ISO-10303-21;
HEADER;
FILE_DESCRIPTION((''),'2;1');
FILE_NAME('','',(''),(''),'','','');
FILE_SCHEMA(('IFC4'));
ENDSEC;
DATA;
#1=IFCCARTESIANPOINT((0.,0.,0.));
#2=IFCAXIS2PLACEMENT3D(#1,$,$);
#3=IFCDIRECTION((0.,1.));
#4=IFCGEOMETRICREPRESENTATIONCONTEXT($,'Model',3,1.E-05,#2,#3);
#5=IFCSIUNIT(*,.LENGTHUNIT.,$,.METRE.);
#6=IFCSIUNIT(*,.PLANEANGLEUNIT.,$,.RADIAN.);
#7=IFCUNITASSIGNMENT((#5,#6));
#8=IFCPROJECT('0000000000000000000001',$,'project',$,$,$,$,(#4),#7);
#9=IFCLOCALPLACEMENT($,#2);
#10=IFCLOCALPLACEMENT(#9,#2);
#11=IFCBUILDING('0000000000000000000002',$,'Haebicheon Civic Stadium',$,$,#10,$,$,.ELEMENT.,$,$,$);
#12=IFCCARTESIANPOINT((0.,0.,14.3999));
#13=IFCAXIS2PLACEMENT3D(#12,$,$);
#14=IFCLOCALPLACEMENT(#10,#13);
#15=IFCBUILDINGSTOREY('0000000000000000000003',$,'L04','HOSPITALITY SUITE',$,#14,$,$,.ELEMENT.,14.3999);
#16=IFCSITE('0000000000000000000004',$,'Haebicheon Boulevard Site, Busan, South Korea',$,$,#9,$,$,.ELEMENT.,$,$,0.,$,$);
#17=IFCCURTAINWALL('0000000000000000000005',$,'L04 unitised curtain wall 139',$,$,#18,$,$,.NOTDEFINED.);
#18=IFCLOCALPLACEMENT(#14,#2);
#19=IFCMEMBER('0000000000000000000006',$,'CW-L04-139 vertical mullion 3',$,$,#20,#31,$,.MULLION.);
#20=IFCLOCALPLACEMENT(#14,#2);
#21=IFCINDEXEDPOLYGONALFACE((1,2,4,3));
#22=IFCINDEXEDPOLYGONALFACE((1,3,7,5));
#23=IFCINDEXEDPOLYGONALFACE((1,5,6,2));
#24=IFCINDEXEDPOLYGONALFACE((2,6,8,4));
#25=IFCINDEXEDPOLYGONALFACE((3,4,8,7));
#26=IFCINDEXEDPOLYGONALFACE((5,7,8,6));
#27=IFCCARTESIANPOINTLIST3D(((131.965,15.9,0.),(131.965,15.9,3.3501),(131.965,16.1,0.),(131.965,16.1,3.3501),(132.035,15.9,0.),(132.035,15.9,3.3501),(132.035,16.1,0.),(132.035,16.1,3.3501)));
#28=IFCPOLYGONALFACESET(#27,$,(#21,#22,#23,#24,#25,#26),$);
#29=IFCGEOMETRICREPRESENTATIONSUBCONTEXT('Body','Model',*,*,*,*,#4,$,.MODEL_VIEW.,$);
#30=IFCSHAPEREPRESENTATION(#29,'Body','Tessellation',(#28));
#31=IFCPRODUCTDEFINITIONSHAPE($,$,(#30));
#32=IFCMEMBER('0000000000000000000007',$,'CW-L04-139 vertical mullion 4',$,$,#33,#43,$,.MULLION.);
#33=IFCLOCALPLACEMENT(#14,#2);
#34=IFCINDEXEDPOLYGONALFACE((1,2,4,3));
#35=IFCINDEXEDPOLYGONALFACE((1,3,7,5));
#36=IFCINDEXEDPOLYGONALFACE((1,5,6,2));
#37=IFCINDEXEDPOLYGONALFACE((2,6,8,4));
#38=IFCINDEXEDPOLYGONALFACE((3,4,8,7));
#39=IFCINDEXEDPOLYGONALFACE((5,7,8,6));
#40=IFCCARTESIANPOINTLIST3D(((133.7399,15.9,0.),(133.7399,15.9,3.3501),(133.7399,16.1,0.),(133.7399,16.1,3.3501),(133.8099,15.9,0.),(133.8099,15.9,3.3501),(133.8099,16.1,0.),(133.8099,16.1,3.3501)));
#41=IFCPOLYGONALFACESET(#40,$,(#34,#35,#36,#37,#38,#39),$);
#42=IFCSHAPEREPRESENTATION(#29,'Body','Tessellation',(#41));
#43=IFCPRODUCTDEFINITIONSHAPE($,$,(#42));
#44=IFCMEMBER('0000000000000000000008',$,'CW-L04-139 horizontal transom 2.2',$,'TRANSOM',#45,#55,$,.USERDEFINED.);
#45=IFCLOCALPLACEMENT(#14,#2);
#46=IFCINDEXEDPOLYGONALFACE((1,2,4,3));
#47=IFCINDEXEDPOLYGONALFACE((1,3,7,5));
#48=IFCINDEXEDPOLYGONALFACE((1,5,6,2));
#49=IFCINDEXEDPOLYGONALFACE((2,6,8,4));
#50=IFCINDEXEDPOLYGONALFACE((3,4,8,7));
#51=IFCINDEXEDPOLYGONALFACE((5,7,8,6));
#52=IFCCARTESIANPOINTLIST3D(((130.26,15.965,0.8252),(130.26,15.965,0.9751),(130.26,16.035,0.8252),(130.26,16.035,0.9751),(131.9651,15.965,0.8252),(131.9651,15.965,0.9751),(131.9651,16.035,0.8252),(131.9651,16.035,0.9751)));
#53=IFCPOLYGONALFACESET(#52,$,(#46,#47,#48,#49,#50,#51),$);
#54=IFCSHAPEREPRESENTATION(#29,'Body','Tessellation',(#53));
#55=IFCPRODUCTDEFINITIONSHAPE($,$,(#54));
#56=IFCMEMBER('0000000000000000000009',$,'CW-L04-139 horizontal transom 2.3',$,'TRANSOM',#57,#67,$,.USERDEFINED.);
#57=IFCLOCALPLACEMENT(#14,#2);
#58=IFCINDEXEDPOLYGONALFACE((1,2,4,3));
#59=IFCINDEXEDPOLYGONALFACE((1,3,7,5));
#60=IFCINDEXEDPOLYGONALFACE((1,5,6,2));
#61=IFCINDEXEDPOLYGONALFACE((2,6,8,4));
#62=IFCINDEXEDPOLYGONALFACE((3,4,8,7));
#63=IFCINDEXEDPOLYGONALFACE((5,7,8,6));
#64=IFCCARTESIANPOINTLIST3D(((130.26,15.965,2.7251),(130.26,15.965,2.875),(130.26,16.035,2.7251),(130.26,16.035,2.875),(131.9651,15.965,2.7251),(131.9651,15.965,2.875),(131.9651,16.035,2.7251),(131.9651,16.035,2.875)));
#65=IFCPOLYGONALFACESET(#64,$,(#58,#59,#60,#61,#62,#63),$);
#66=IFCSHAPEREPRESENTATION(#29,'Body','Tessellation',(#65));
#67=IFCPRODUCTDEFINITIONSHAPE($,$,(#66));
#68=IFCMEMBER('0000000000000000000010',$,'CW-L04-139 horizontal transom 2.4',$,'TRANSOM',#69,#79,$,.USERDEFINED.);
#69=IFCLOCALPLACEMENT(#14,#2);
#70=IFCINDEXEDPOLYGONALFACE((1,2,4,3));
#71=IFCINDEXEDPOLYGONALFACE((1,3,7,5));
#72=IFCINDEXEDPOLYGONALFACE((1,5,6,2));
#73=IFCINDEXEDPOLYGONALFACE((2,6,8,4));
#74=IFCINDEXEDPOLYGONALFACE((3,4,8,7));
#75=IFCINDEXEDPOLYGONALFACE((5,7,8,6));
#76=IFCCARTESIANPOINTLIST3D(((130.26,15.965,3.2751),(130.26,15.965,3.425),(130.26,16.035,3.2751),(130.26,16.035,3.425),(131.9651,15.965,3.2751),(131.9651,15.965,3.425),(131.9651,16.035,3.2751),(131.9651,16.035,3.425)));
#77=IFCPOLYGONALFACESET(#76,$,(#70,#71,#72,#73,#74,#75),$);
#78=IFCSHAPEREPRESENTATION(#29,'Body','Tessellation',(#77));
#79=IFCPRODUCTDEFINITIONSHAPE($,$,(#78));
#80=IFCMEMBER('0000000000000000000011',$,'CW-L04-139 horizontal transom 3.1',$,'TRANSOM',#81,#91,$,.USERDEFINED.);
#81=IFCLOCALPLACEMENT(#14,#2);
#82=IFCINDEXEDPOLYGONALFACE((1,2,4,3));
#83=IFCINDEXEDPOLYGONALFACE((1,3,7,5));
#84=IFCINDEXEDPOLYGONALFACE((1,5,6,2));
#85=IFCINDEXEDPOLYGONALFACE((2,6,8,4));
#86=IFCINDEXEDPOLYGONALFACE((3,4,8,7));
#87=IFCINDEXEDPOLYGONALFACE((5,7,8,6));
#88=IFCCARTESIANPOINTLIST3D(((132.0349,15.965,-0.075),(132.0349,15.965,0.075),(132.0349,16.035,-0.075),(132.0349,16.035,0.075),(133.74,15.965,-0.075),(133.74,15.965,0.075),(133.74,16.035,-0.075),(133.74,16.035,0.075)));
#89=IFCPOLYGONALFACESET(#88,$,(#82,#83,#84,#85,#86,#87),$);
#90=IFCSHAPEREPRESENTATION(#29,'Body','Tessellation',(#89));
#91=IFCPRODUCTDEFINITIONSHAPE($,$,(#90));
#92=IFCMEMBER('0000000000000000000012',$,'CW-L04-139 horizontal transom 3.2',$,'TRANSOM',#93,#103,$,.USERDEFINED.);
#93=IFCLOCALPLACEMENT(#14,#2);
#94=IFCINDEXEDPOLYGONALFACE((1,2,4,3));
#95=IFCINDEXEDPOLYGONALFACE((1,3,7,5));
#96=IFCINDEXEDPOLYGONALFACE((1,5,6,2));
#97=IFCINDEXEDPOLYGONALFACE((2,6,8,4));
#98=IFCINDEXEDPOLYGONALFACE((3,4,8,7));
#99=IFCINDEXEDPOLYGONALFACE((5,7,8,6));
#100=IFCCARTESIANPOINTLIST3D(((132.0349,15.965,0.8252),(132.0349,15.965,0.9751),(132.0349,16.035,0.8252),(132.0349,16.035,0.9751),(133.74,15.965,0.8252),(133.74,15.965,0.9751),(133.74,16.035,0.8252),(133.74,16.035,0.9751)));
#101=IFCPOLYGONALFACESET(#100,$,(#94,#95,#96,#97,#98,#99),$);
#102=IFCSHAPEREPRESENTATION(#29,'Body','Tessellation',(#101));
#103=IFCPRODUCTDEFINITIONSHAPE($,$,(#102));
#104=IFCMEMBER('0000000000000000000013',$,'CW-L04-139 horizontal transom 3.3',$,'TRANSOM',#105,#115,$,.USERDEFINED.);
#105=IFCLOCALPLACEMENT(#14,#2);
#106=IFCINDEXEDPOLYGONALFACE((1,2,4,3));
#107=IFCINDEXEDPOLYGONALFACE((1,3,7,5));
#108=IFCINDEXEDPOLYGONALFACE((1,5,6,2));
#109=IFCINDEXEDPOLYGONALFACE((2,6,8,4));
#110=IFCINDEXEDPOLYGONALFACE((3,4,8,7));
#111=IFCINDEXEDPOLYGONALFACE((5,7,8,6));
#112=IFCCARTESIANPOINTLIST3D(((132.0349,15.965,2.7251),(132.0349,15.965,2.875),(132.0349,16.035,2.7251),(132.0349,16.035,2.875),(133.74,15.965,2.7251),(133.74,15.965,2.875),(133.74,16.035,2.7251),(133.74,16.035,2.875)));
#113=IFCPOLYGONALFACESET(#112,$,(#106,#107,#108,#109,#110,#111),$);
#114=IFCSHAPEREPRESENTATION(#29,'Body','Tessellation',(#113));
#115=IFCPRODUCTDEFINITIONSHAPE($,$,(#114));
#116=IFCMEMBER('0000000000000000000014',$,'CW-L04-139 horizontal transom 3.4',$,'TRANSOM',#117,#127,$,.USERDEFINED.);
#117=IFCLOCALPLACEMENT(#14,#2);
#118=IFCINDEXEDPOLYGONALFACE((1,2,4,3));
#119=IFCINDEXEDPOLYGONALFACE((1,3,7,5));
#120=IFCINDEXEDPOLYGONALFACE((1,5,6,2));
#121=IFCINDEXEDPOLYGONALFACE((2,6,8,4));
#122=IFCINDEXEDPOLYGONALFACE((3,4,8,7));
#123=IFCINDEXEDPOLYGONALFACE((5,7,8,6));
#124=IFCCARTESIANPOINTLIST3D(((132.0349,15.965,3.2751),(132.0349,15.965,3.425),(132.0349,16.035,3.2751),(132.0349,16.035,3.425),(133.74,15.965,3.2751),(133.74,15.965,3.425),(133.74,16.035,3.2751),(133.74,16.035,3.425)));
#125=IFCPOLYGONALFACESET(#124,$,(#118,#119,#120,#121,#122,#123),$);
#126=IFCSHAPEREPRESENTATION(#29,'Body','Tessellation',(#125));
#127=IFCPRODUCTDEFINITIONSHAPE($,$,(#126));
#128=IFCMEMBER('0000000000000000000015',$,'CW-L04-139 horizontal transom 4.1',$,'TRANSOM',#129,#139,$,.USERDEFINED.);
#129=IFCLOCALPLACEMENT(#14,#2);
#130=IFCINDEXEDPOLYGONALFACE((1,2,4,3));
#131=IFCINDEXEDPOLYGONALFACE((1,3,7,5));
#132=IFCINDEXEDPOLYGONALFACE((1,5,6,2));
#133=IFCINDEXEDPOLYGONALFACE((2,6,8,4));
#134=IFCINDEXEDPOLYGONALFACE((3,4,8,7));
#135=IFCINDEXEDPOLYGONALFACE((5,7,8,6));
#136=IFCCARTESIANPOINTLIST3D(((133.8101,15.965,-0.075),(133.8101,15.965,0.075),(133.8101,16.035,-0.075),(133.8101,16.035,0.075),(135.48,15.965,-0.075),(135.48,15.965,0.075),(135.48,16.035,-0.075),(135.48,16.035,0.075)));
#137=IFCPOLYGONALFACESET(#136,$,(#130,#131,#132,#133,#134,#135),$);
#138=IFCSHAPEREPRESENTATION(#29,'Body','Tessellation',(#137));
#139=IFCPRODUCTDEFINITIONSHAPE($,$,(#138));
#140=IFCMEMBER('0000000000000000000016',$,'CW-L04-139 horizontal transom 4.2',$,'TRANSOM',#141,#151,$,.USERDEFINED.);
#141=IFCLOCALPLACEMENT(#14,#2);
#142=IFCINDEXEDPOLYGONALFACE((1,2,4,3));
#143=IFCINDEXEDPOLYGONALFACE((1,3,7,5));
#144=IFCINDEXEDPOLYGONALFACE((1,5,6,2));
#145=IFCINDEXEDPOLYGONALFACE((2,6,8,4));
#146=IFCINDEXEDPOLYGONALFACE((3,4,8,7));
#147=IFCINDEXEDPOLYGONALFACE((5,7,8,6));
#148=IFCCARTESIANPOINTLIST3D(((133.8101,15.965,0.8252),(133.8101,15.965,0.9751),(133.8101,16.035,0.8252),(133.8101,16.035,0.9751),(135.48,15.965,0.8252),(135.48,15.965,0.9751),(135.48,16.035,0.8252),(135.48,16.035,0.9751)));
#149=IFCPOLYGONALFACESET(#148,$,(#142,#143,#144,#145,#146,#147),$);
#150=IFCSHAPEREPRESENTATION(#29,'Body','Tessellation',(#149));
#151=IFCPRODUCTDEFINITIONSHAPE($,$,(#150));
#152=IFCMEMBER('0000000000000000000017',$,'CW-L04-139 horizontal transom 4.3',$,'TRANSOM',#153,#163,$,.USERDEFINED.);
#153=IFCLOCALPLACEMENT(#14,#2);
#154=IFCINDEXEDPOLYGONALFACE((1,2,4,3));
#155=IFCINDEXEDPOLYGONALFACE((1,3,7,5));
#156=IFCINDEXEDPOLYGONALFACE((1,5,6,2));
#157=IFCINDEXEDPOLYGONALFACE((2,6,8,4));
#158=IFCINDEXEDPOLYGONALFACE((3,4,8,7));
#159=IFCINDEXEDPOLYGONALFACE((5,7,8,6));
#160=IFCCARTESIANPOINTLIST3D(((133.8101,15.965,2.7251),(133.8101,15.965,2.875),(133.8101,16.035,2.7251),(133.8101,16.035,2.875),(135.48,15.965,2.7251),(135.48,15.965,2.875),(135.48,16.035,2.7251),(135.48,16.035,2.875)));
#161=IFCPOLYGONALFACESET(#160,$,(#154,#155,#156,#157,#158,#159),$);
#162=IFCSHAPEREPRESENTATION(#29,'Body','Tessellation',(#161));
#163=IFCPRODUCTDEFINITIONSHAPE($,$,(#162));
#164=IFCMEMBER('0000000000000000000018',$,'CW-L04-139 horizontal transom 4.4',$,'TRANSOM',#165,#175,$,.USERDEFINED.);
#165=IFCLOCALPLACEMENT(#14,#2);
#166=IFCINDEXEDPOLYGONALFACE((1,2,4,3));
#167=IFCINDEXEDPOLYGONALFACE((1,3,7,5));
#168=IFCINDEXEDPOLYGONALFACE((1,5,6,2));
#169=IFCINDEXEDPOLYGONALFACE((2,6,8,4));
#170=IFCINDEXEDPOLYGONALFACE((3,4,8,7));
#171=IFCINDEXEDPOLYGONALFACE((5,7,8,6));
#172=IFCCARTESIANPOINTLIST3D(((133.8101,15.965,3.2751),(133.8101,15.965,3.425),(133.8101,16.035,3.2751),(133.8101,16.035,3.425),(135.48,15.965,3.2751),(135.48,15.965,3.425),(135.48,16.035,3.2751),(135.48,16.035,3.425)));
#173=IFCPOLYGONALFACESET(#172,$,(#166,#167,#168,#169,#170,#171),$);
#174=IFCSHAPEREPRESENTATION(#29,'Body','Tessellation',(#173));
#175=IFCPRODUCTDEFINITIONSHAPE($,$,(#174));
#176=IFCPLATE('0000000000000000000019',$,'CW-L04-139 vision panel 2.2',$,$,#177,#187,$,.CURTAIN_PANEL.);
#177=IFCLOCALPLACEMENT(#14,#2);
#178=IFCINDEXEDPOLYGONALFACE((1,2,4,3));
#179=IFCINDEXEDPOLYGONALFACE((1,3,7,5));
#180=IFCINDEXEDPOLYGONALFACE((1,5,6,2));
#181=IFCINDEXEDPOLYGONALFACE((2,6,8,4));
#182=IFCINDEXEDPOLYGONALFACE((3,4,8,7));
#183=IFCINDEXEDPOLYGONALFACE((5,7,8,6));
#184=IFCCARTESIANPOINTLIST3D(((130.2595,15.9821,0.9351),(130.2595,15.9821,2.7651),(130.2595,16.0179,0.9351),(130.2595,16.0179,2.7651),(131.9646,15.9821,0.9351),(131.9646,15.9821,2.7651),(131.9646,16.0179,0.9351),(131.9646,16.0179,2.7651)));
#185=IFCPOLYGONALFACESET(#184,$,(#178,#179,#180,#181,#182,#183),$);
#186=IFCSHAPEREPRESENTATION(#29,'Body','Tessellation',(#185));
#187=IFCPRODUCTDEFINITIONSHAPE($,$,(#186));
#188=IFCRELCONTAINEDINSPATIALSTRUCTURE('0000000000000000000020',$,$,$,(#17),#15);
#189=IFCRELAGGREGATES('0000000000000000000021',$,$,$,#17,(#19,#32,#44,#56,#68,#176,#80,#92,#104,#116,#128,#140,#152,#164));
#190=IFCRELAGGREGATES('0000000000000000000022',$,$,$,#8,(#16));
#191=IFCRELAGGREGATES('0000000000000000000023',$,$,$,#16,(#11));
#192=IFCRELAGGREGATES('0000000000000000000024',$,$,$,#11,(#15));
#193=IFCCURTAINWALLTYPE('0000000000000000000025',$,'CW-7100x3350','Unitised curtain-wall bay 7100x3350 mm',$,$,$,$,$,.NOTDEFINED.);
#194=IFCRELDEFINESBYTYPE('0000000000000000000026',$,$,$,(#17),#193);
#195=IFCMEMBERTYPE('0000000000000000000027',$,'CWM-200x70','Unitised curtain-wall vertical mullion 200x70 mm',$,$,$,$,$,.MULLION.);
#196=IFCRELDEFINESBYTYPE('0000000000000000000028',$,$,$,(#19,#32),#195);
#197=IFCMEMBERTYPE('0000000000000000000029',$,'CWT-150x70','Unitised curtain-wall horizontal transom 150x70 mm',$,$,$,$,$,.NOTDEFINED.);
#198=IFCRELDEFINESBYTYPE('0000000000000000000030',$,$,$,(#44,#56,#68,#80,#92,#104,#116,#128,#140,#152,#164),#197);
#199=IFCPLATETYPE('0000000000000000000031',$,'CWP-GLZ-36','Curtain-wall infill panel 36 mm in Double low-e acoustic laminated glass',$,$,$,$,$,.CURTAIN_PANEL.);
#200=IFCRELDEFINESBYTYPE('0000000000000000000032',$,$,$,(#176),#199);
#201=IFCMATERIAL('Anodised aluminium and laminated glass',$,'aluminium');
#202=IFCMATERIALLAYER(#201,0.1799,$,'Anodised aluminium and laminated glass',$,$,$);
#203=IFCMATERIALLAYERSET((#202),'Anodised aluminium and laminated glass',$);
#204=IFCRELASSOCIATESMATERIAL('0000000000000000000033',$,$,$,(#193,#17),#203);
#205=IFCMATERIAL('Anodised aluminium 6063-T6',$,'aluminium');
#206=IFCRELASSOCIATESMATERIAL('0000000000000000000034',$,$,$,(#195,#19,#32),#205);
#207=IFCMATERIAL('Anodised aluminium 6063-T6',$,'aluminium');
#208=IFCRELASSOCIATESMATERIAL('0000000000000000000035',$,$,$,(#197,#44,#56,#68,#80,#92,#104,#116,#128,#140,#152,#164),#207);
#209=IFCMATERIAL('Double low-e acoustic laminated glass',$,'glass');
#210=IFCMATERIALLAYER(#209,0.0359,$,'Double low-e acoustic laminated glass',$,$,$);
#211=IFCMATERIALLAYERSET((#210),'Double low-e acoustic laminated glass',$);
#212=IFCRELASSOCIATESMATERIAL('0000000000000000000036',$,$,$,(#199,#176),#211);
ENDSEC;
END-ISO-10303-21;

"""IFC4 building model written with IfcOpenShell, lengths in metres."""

from ifc_helpers import new_model, si_unit, direction, frame, origin, origin_2d, place, context, subcontext, project, spatial, rectangle, extrude, material, layer, layer_set, material_profile, profile_set, type_object, element, aggregate, save


model = new_model("IFC4")

# Units and contexts
model_context = context("Model", 3, precision=1e-05, world=origin(), true_north=direction((0.0, 1.0)))
body_context = subcontext(model_context, "Body", "Model", "MODEL_VIEW")
ifc_project = project(units=[si_unit("LENGTHUNIT", "METRE"), si_unit("PLANEANGLEUNIT", "RADIAN")], contexts=[model_context])

# Site, building, storey
site_placement = place(None, origin())
site = spatial("IfcSite", under=ifc_project, at=site_placement, Name="Haebicheon Boulevard Site, Busan, South Korea", CompositionType="ELEMENT", RefElevation=0.0)
building_placement = place(site_placement, origin())
building = spatial("IfcBuilding", under=site, at=building_placement, Name="Haebicheon Civic Stadium", CompositionType="ELEMENT")
storey_placement = place(building_placement, frame((0.0, 0.0, 14.3999)))
storey = spatial("IfcBuildingStorey", under=building, at=storey_placement, Name="L04", Description="HOSPITALITY SUITE", CompositionType="ELEMENT", Elevation=14.3999)

# Curtain wall, members, plate
ifc_material_1 = material(Name="Anodised aluminium and laminated glass", Category="aluminium")
ifc_layer_1 = layer(ifc_material_1, 0.1799, Name="Anodised aluminium and laminated glass")
ifc_layer_set_1 = layer_set([ifc_layer_1], Name="Anodised aluminium and laminated glass")
curtain_wall_type = type_object("IfcCurtainWallType", Name="CW-7100x3350", Description="Unitised curtain-wall bay 7100x3350 mm", PredefinedType="NOTDEFINED", material=ifc_layer_set_1)
curtain_wall_placement = place(storey_placement, origin())
curtain_wall = element("IfcCurtainWall", 1, at=curtain_wall_placement, inside=storey, type_object=curtain_wall_type, material=ifc_layer_set_1, Name="L04 unitised curtain wall 139", PredefinedType="NOTDEFINED")
ifc_material_2 = material(Name="Anodised aluminium 6063-T6", Category="aluminium")
ifc_material_profile_1 = material_profile(ifc_material_2, rectangle(XDim=0.0701, YDim=0.2, at=origin_2d()), Name="ALU-MULL-70x200")
ifc_profile_set_1 = profile_set([ifc_material_profile_1], Name="Anodised aluminium 6063-T6")
member_type_1 = type_object("IfcMemberType", Name="CWM-200x70", Description="Unitised curtain-wall vertical mullion 200x70 mm", PredefinedType="MULLION", material=ifc_profile_set_1)
member_1_placement = place(storey_placement, frame((132.0, 16.0, 0.0), z_axis=(0.0, 0.0, 1.0), x_axis=(1.0, 0.0, 0.0)))
member_1 = element("IfcMember", 2, at=member_1_placement, type_object=member_type_1, material=ifc_profile_set_1, Name="CW-L04-139 vertical mullion 3", PredefinedType="MULLION", context=body_context, shape_type="SweptSolid", body=[
    extrude(rectangle(XDim=0.0701, YDim=0.2, at=origin_2d()), origin(), (0.0, 0.0, 1.0), 3.3501),
])
member_2_placement = place(storey_placement, frame((133.7749, 16.0, 0.0), z_axis=(0.0, 0.0, 1.0), x_axis=(1.0, 0.0, 0.0)))
member_2 = element("IfcMember", 3, at=member_2_placement, type_object=member_type_1, material=ifc_profile_set_1, Name="CW-L04-139 vertical mullion 4", PredefinedType="MULLION", context=body_context, shape_type="SweptSolid", body=[
    extrude(rectangle(XDim=0.0701, YDim=0.2, at=origin_2d()), origin(), (0.0, 0.0, 1.0), 3.3501),
])
ifc_material_3 = material(Name="Anodised aluminium 6063-T6", Category="aluminium")
ifc_material_profile_2 = material_profile(ifc_material_3, rectangle(XDim=0.0701, YDim=0.1499, at=origin_2d()), Name="ALU-TRAN-70x150")
ifc_profile_set_2 = profile_set([ifc_material_profile_2], Name="Anodised aluminium 6063-T6")
member_type_2 = type_object("IfcMemberType", Name="CWT-150x70", Description="Unitised curtain-wall horizontal transom 150x70 mm", PredefinedType="NOTDEFINED", material=ifc_profile_set_2)
member_3_placement = place(storey_placement, frame((130.26, 16.0, 0.9001), z_axis=(1.0, 0.0, 0.0), x_axis=(0.0, 1.0, 0.0)))
member_3 = element("IfcMember", 4, at=member_3_placement, type_object=member_type_2, material=ifc_profile_set_2, Name="CW-L04-139 horizontal transom 2.2", ObjectType="TRANSOM", PredefinedType="USERDEFINED", context=body_context, shape_type="SweptSolid", body=[
    extrude(rectangle(XDim=0.0701, YDim=0.1499, at=origin_2d()), origin(), (0.0, 0.0, 1.0), 1.7051),
])
member_4_placement = place(storey_placement, frame((130.26, 16.0, 2.8), z_axis=(1.0, 0.0, 0.0), x_axis=(0.0, 1.0, 0.0)))
member_4 = element("IfcMember", 5, at=member_4_placement, type_object=member_type_2, material=ifc_profile_set_2, Name="CW-L04-139 horizontal transom 2.3", ObjectType="TRANSOM", PredefinedType="USERDEFINED", context=body_context, shape_type="SweptSolid", body=[
    extrude(rectangle(XDim=0.0701, YDim=0.1499, at=origin_2d()), origin(), (0.0, 0.0, 1.0), 1.7051),
])
member_5_placement = place(storey_placement, frame((130.26, 16.0, 3.3501), z_axis=(1.0, 0.0, 0.0), x_axis=(0.0, 1.0, 0.0)))
member_5 = element("IfcMember", 6, at=member_5_placement, type_object=member_type_2, material=ifc_profile_set_2, Name="CW-L04-139 horizontal transom 2.4", ObjectType="TRANSOM", PredefinedType="USERDEFINED", context=body_context, shape_type="SweptSolid", body=[
    extrude(rectangle(XDim=0.0701, YDim=0.1499, at=origin_2d()), origin(), (0.0, 0.0, 1.0), 1.7051),
])
member_6_placement = place(storey_placement, frame((132.0349, 16.0, 0.0), z_axis=(1.0, 0.0, 0.0), x_axis=(0.0, 1.0, 0.0)))
member_6 = element("IfcMember", 7, at=member_6_placement, type_object=member_type_2, material=ifc_profile_set_2, Name="CW-L04-139 horizontal transom 3.1", ObjectType="TRANSOM", PredefinedType="USERDEFINED", context=body_context, shape_type="SweptSolid", body=[
    extrude(rectangle(XDim=0.0701, YDim=0.1499, at=origin_2d()), origin(), (0.0, 0.0, 1.0), 1.7051),
])
member_7_placement = place(storey_placement, frame((132.0349, 16.0, 0.9001), z_axis=(1.0, 0.0, 0.0), x_axis=(0.0, 1.0, 0.0)))
member_7 = element("IfcMember", 8, at=member_7_placement, type_object=member_type_2, material=ifc_profile_set_2, Name="CW-L04-139 horizontal transom 3.2", ObjectType="TRANSOM", PredefinedType="USERDEFINED", context=body_context, shape_type="SweptSolid", body=[
    extrude(rectangle(XDim=0.0701, YDim=0.1499, at=origin_2d()), origin(), (0.0, 0.0, 1.0), 1.7051),
])
member_8_placement = place(storey_placement, frame((132.0349, 16.0, 2.8), z_axis=(1.0, 0.0, 0.0), x_axis=(0.0, 1.0, 0.0)))
member_8 = element("IfcMember", 9, at=member_8_placement, type_object=member_type_2, material=ifc_profile_set_2, Name="CW-L04-139 horizontal transom 3.3", ObjectType="TRANSOM", PredefinedType="USERDEFINED", context=body_context, shape_type="SweptSolid", body=[
    extrude(rectangle(XDim=0.0701, YDim=0.1499, at=origin_2d()), origin(), (0.0, 0.0, 1.0), 1.7051),
])
member_9_placement = place(storey_placement, frame((132.0349, 16.0, 3.3501), z_axis=(1.0, 0.0, 0.0), x_axis=(0.0, 1.0, 0.0)))
member_9 = element("IfcMember", 10, at=member_9_placement, type_object=member_type_2, material=ifc_profile_set_2, Name="CW-L04-139 horizontal transom 3.4", ObjectType="TRANSOM", PredefinedType="USERDEFINED", context=body_context, shape_type="SweptSolid", body=[
    extrude(rectangle(XDim=0.0701, YDim=0.1499, at=origin_2d()), origin(), (0.0, 0.0, 1.0), 1.7051),
])
member_10_placement = place(storey_placement, frame((133.8101, 16.0, 0.0), z_axis=(1.0, 0.0, 0.0), x_axis=(0.0, 1.0, 0.0)))
member_10 = element("IfcMember", 11, at=member_10_placement, type_object=member_type_2, material=ifc_profile_set_2, Name="CW-L04-139 horizontal transom 4.1", ObjectType="TRANSOM", PredefinedType="USERDEFINED", context=body_context, shape_type="SweptSolid", body=[
    extrude(rectangle(XDim=0.0701, YDim=0.1499, at=origin_2d()), origin(), (0.0, 0.0, 1.0), 1.6699),
])
member_11_placement = place(storey_placement, frame((133.8101, 16.0, 0.9001), z_axis=(1.0, 0.0, 0.0), x_axis=(0.0, 1.0, 0.0)))
member_11 = element("IfcMember", 12, at=member_11_placement, type_object=member_type_2, material=ifc_profile_set_2, Name="CW-L04-139 horizontal transom 4.2", ObjectType="TRANSOM", PredefinedType="USERDEFINED", context=body_context, shape_type="SweptSolid", body=[
    extrude(rectangle(XDim=0.0701, YDim=0.1499, at=origin_2d()), origin(), (0.0, 0.0, 1.0), 1.6699),
])
member_12_placement = place(storey_placement, frame((133.8101, 16.0, 2.8), z_axis=(1.0, 0.0, 0.0), x_axis=(0.0, 1.0, 0.0)))
member_12 = element("IfcMember", 13, at=member_12_placement, type_object=member_type_2, material=ifc_profile_set_2, Name="CW-L04-139 horizontal transom 4.3", ObjectType="TRANSOM", PredefinedType="USERDEFINED", context=body_context, shape_type="SweptSolid", body=[
    extrude(rectangle(XDim=0.0701, YDim=0.1499, at=origin_2d()), origin(), (0.0, 0.0, 1.0), 1.6699),
])
member_13_placement = place(storey_placement, frame((133.8101, 16.0, 3.3501), z_axis=(1.0, 0.0, 0.0), x_axis=(0.0, 1.0, 0.0)))
member_13 = element("IfcMember", 14, at=member_13_placement, type_object=member_type_2, material=ifc_profile_set_2, Name="CW-L04-139 horizontal transom 4.4", ObjectType="TRANSOM", PredefinedType="USERDEFINED", context=body_context, shape_type="SweptSolid", body=[
    extrude(rectangle(XDim=0.0701, YDim=0.1499, at=origin_2d()), origin(), (0.0, 0.0, 1.0), 1.6699),
])
ifc_material_4 = material(Name="Double low-e acoustic laminated glass", Category="glass")
ifc_layer_2 = layer(ifc_material_4, 0.0359, Name="Double low-e acoustic laminated glass")
ifc_layer_set_2 = layer_set([ifc_layer_2], Name="Double low-e acoustic laminated glass")
plate_type_1 = type_object("IfcPlateType", Name="CWP-GLZ-36", Description="Curtain-wall infill panel 36 mm in Double low-e acoustic laminated glass", PredefinedType="CURTAIN_PANEL", material=ifc_layer_set_2)
plate_1_placement = place(storey_placement, frame((131.1121, 16.0, 0.9351), z_axis=(0.0, 0.0, 1.0), x_axis=(1.0, 0.0, 0.0)))
plate_1 = element("IfcPlate", 15, at=plate_1_placement, type_object=plate_type_1, material=ifc_layer_set_2, Name="CW-L04-139 vision panel 2.2", PredefinedType="CURTAIN_PANEL", context=body_context, shape_type="SweptSolid", body=[
    extrude(rectangle(XDim=1.7051, YDim=0.0359, at=origin_2d()), origin(), (0.0, 0.0, 1.0), 1.8301),
])
aggregate(curtain_wall, [member_1, member_2, member_3, member_4, member_5, plate_1, member_6, member_7, member_8, member_9, member_10, member_11, member_12, member_13])

save(model, "model.ifc")
